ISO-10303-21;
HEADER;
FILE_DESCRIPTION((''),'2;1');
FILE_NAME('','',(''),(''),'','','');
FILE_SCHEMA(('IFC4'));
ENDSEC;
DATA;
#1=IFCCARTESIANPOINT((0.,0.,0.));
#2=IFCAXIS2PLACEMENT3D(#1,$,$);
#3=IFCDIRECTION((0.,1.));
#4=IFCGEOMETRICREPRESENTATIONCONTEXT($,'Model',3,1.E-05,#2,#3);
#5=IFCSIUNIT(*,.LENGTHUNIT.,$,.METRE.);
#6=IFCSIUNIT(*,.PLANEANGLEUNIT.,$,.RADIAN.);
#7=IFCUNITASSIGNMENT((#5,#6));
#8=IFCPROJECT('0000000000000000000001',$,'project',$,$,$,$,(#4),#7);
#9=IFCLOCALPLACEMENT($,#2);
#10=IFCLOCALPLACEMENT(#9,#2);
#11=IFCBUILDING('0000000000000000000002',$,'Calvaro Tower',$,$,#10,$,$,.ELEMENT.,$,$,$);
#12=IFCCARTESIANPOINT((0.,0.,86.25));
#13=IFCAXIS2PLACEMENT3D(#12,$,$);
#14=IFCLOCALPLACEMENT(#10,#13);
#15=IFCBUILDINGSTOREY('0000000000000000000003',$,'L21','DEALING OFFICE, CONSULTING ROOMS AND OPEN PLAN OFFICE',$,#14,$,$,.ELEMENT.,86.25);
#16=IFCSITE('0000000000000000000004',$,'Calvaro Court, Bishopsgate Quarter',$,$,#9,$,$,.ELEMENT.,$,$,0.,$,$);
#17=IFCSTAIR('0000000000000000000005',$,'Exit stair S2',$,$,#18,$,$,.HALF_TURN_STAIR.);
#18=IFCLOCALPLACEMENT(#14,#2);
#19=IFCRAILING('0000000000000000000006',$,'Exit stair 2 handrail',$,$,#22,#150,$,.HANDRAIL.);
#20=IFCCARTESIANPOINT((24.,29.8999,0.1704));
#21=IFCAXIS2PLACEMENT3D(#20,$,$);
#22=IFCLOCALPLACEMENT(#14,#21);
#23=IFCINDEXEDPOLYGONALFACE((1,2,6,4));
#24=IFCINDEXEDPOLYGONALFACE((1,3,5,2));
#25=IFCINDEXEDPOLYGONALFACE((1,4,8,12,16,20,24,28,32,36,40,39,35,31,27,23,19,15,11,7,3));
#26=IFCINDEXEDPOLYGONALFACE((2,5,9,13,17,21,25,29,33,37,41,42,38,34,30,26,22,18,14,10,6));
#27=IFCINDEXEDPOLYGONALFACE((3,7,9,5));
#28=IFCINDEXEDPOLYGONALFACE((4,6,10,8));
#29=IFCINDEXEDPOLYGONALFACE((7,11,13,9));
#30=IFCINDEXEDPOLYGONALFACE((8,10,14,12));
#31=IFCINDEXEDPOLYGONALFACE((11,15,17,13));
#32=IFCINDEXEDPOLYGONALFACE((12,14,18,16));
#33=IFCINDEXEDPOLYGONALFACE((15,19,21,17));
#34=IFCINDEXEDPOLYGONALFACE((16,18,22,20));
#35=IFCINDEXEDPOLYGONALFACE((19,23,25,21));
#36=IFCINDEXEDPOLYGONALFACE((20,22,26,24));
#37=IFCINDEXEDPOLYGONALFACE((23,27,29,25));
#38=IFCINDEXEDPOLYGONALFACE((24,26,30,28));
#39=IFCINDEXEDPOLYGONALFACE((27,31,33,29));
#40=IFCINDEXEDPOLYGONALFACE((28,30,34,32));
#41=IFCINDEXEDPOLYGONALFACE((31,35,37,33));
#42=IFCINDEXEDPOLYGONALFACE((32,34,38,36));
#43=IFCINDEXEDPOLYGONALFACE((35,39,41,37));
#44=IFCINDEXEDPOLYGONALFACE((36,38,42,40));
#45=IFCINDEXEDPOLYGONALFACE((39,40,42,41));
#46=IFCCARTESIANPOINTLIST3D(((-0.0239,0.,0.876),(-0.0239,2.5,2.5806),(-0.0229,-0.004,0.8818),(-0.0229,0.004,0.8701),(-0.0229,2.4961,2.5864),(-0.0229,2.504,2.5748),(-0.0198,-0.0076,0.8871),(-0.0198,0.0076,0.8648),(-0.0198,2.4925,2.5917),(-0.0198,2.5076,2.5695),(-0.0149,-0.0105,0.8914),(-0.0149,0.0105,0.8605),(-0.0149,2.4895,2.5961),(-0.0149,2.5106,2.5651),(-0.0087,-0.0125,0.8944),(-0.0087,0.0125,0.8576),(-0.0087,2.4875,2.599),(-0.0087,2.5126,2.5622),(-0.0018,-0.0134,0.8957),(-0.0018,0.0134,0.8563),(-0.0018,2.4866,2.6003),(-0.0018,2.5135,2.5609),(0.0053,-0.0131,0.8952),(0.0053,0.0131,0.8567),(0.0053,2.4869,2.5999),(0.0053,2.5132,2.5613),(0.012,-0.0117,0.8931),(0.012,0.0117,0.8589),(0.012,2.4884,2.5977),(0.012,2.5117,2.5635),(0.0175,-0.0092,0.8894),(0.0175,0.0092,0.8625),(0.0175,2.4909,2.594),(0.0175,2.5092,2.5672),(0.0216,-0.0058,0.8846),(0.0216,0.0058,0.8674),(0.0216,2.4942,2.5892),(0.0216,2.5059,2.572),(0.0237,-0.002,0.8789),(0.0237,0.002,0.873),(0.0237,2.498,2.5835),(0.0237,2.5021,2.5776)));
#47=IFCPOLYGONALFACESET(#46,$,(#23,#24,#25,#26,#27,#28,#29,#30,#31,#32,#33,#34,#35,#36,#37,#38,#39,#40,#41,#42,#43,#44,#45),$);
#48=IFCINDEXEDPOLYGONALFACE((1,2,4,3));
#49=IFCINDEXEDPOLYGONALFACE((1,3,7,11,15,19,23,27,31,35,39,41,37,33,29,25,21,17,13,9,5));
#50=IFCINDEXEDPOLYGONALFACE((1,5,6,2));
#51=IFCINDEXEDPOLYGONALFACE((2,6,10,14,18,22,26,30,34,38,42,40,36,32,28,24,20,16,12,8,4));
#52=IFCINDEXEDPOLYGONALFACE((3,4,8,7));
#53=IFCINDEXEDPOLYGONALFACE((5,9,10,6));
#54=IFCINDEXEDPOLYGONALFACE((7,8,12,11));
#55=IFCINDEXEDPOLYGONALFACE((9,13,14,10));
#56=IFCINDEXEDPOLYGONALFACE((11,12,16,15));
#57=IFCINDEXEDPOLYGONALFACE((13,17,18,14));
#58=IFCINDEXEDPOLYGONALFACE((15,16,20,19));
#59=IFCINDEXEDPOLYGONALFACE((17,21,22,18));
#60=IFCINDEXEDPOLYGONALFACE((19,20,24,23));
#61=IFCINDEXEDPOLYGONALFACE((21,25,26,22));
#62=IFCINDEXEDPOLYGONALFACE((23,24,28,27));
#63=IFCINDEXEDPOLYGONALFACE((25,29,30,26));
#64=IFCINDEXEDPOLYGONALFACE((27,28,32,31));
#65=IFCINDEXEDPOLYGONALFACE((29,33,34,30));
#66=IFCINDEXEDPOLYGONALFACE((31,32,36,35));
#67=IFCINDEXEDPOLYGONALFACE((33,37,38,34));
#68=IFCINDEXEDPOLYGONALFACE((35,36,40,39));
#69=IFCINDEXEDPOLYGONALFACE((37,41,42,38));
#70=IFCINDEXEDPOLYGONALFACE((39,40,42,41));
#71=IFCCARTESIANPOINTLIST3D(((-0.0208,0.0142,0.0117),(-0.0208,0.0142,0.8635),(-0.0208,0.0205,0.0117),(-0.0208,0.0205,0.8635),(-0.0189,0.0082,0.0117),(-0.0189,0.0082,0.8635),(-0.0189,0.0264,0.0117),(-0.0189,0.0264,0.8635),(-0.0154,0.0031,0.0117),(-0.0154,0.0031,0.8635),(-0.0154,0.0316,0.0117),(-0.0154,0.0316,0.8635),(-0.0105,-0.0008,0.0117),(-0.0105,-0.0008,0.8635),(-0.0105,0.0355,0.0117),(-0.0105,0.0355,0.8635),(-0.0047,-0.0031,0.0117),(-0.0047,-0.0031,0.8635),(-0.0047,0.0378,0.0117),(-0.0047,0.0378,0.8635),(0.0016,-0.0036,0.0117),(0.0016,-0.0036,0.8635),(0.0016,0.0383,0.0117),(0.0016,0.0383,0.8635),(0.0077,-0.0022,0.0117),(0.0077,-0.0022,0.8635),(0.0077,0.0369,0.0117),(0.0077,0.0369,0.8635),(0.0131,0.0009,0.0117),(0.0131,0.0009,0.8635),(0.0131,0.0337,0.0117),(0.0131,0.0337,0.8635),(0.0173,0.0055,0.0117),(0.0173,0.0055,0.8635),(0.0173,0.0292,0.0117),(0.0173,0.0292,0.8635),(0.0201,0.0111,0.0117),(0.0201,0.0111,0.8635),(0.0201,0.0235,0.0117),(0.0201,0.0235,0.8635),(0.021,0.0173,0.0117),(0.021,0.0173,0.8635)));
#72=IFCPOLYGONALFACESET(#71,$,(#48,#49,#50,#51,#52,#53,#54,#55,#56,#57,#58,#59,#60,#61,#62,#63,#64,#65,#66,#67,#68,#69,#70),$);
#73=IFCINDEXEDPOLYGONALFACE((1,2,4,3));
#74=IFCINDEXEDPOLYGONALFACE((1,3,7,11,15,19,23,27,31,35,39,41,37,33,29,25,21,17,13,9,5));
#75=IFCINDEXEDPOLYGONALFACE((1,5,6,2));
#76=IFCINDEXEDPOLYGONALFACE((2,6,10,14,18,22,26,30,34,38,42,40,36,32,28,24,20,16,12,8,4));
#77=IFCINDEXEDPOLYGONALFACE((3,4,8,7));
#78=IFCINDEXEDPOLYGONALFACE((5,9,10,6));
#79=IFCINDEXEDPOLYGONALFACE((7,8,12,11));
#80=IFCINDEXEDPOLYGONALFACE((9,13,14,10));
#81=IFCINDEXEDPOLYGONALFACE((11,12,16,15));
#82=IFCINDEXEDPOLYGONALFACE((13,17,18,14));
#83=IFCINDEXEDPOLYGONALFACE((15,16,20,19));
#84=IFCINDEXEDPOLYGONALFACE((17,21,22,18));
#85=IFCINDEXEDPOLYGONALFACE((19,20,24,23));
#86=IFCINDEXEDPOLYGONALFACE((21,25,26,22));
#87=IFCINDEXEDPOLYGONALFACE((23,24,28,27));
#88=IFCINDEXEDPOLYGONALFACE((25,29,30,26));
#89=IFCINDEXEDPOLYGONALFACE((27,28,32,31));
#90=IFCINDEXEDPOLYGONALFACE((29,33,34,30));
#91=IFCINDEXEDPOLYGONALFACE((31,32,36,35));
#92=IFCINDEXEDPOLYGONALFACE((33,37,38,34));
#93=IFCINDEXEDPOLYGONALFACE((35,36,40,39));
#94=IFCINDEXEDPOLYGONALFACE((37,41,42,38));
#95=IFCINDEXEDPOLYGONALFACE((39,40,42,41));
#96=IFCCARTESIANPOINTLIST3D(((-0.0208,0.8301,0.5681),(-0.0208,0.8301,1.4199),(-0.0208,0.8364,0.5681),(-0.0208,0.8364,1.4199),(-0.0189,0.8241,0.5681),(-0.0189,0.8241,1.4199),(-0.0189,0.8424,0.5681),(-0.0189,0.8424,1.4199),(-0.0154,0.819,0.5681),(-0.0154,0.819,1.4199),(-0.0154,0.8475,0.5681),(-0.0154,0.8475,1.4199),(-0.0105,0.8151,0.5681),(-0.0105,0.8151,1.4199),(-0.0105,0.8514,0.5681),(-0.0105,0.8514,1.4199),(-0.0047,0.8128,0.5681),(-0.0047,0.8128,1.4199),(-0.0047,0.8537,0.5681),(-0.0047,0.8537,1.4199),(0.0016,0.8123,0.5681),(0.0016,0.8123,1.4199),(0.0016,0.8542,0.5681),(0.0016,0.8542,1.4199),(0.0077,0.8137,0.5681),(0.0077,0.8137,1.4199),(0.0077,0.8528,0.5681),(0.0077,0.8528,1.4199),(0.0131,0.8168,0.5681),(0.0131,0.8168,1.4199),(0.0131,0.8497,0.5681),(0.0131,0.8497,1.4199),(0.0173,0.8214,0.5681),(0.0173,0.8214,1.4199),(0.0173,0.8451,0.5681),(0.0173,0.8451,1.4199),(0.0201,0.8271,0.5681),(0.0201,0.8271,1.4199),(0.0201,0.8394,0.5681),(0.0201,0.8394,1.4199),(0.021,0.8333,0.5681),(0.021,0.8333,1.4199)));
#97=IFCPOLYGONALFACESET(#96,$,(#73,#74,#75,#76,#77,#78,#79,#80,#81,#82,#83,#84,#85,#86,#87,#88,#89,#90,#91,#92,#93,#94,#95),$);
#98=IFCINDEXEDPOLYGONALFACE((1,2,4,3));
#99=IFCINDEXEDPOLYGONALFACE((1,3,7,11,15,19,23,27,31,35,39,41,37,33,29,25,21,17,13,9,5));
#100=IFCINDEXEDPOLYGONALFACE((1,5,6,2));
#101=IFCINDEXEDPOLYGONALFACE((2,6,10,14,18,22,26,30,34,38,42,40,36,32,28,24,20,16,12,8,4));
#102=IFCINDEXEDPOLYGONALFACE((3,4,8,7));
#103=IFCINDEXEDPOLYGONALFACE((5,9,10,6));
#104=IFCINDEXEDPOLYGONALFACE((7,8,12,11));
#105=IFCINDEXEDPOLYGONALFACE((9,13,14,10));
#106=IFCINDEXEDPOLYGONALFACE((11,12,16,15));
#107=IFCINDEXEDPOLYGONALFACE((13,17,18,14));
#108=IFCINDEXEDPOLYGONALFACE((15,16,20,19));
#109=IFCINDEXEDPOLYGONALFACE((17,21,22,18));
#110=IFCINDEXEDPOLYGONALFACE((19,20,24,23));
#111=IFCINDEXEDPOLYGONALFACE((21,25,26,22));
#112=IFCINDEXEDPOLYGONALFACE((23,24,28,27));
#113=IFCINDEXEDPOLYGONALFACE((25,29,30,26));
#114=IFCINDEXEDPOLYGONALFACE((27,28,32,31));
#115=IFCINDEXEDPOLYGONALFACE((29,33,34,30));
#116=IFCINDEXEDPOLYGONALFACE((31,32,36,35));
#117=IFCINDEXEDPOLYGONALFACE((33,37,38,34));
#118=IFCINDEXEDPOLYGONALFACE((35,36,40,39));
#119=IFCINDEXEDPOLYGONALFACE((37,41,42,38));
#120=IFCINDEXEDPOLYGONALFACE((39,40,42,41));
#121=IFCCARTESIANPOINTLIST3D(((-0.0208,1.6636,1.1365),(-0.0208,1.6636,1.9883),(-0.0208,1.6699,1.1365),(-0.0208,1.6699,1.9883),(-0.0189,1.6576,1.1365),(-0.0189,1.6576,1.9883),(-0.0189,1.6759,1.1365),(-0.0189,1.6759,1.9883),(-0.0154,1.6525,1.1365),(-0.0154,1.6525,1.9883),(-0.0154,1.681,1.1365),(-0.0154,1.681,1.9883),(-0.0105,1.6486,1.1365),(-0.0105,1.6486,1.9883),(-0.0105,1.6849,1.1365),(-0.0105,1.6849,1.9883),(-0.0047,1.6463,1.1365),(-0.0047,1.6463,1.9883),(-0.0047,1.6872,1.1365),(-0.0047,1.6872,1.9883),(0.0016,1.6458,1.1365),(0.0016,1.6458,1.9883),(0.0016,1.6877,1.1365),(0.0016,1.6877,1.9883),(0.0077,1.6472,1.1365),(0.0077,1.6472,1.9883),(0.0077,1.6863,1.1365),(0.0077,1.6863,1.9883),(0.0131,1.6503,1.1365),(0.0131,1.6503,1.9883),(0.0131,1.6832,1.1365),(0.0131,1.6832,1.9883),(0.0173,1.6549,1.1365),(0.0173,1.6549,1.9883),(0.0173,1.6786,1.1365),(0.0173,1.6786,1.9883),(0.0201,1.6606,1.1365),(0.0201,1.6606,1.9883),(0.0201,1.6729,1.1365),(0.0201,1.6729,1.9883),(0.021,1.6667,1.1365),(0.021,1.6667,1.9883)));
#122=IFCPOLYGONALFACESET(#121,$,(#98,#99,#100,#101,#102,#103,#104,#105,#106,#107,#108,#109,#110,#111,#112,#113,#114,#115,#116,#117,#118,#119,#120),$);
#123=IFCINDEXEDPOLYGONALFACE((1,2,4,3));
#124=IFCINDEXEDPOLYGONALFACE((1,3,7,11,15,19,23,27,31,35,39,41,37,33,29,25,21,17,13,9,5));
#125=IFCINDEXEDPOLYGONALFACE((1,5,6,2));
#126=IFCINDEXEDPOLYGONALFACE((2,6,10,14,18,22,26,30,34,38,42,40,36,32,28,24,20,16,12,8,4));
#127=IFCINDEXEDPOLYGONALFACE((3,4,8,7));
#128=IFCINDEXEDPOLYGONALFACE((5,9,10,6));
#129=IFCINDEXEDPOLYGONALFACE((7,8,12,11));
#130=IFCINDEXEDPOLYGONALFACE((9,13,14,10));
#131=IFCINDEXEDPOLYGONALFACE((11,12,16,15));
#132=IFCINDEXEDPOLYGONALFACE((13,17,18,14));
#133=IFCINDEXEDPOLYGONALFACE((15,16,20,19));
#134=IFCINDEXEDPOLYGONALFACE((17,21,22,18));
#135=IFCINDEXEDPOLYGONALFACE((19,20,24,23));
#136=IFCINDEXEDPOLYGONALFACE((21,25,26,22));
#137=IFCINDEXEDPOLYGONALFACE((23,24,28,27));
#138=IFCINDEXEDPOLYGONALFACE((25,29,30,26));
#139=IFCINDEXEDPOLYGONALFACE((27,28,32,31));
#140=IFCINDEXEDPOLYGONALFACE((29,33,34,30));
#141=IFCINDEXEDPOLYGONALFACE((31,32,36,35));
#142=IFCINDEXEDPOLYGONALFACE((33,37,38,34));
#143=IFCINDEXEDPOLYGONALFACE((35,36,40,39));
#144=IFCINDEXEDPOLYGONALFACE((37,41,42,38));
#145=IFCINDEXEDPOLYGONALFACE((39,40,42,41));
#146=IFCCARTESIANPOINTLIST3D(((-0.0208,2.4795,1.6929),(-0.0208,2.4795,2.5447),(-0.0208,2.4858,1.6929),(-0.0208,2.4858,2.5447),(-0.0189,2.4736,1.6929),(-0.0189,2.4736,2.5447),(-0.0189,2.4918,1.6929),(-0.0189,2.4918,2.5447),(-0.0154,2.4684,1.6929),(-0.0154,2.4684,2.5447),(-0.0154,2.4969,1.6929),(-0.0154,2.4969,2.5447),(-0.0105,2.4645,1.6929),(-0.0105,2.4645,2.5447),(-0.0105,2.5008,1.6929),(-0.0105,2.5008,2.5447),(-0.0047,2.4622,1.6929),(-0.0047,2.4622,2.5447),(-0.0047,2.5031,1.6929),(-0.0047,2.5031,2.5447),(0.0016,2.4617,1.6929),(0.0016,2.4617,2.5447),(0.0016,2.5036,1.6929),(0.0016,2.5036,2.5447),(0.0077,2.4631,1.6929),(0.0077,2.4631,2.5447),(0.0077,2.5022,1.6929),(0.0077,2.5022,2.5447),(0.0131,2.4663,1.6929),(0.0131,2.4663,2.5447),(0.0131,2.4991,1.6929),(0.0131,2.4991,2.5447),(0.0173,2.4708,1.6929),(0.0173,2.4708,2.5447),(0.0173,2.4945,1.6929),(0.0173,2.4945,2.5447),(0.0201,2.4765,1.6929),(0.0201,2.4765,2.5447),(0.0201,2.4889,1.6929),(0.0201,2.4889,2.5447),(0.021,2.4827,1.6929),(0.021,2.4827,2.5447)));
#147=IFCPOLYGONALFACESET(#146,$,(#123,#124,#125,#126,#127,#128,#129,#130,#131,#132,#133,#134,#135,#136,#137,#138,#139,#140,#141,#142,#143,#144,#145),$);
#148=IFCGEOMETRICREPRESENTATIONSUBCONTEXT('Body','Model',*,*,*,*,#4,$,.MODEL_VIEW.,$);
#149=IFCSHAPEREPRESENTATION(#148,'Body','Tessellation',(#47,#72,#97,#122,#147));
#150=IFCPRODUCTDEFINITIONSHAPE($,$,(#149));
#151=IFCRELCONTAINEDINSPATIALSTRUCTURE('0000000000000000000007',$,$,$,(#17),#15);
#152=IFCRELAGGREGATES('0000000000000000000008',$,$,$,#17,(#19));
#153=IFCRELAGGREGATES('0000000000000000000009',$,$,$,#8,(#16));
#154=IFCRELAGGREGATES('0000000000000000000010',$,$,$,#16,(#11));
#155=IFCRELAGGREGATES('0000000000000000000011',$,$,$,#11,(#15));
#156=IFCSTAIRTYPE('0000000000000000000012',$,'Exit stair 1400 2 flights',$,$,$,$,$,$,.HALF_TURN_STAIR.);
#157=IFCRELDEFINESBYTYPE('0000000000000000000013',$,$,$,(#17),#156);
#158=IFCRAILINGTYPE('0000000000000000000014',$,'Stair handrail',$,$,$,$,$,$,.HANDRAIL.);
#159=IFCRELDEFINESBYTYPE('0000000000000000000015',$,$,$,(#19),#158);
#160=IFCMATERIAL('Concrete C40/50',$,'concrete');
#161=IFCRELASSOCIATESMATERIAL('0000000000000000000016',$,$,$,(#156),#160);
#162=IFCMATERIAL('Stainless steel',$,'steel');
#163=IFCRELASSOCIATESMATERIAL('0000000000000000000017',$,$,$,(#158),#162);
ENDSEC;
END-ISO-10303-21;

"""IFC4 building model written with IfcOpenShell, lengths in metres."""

from ifc_helpers import new_model, si_unit, direction, frame, origin, origin_2d, place, context, subcontext, project, spatial, circle, extrude, material, type_object, element, aggregate, save


model = new_model("IFC4")

# Units and contexts
model_context = context("Model", 3, precision=1e-05, world=origin(), true_north=direction((0.0, 1.0)))
body_context = subcontext(model_context, "Body", "Model", "MODEL_VIEW")
ifc_project = project(units=[si_unit("LENGTHUNIT", "METRE"), si_unit("PLANEANGLEUNIT", "RADIAN")], contexts=[model_context])

# Site, building, storey
site_placement = place(None, origin())
site = spatial("IfcSite", under=ifc_project, at=site_placement, Name="Calvaro Court, Bishopsgate Quarter", CompositionType="ELEMENT", RefElevation=0.0)
building_placement = place(site_placement, origin())
building = spatial("IfcBuilding", under=site, at=building_placement, Name="Calvaro Tower", CompositionType="ELEMENT")
storey_placement = place(building_placement, frame((0.0, 0.0, 86.25)))
storey = spatial("IfcBuildingStorey", under=building, at=storey_placement, Name="L21", Description="DEALING OFFICE, CONSULTING ROOMS AND OPEN PLAN OFFICE", CompositionType="ELEMENT", Elevation=86.25)

# Stair, railing
ifc_material_1 = material(Name="Concrete C40/50", Category="concrete")
stair_type = type_object("IfcStairType", Name="Exit stair 1400 2 flights", PredefinedType="HALF_TURN_STAIR", material=ifc_material_1)
stair_placement = place(storey_placement, origin())
stair = element("IfcStair", 1, at=stair_placement, inside=storey, type_object=stair_type, Name="Exit stair S2", PredefinedType="HALF_TURN_STAIR")
ifc_material_2 = material(Name="Stainless steel", Category="steel")
railing_type = type_object("IfcRailingType", Name="Stair handrail", PredefinedType="HANDRAIL", material=ifc_material_2)
railing_placement = place(storey_placement, frame((24.0, 29.8999, 0.1704)))
railing = element("IfcRailing", 2, at=railing_placement, type_object=railing_type, Name="Exit stair 2 handrail", PredefinedType="HANDRAIL", context=body_context, shape_type="SweptSolid", body=[
    extrude(circle(Radius=0.0239, at=origin_2d()), frame((0.0, 0.0, 0.876), z_axis=(0.0, 0.826221, 0.563347), x_axis=(-1.0, 0.0, 0.0)), (0.0, 0.0, 1.0), 3.0259),
    extrude(circle(Radius=0.021, at=origin_2d()), frame((0.0, 0.0173, 0.0117)), (0.0, 0.0, 1.0), 0.8518),
    extrude(circle(Radius=0.021, at=origin_2d()), frame((0.0, 0.8333, 0.5681)), (0.0, 0.0, 1.0), 0.8518),
    extrude(circle(Radius=0.021, at=origin_2d()), frame((0.0, 1.6667, 1.1365)), (0.0, 0.0, 1.0), 0.8518),
    extrude(circle(Radius=0.021, at=origin_2d()), frame((0.0, 2.4827, 1.6929)), (0.0, 0.0, 1.0), 0.8518),
])
aggregate(stair, [railing])

save(model, "model.ifc")
